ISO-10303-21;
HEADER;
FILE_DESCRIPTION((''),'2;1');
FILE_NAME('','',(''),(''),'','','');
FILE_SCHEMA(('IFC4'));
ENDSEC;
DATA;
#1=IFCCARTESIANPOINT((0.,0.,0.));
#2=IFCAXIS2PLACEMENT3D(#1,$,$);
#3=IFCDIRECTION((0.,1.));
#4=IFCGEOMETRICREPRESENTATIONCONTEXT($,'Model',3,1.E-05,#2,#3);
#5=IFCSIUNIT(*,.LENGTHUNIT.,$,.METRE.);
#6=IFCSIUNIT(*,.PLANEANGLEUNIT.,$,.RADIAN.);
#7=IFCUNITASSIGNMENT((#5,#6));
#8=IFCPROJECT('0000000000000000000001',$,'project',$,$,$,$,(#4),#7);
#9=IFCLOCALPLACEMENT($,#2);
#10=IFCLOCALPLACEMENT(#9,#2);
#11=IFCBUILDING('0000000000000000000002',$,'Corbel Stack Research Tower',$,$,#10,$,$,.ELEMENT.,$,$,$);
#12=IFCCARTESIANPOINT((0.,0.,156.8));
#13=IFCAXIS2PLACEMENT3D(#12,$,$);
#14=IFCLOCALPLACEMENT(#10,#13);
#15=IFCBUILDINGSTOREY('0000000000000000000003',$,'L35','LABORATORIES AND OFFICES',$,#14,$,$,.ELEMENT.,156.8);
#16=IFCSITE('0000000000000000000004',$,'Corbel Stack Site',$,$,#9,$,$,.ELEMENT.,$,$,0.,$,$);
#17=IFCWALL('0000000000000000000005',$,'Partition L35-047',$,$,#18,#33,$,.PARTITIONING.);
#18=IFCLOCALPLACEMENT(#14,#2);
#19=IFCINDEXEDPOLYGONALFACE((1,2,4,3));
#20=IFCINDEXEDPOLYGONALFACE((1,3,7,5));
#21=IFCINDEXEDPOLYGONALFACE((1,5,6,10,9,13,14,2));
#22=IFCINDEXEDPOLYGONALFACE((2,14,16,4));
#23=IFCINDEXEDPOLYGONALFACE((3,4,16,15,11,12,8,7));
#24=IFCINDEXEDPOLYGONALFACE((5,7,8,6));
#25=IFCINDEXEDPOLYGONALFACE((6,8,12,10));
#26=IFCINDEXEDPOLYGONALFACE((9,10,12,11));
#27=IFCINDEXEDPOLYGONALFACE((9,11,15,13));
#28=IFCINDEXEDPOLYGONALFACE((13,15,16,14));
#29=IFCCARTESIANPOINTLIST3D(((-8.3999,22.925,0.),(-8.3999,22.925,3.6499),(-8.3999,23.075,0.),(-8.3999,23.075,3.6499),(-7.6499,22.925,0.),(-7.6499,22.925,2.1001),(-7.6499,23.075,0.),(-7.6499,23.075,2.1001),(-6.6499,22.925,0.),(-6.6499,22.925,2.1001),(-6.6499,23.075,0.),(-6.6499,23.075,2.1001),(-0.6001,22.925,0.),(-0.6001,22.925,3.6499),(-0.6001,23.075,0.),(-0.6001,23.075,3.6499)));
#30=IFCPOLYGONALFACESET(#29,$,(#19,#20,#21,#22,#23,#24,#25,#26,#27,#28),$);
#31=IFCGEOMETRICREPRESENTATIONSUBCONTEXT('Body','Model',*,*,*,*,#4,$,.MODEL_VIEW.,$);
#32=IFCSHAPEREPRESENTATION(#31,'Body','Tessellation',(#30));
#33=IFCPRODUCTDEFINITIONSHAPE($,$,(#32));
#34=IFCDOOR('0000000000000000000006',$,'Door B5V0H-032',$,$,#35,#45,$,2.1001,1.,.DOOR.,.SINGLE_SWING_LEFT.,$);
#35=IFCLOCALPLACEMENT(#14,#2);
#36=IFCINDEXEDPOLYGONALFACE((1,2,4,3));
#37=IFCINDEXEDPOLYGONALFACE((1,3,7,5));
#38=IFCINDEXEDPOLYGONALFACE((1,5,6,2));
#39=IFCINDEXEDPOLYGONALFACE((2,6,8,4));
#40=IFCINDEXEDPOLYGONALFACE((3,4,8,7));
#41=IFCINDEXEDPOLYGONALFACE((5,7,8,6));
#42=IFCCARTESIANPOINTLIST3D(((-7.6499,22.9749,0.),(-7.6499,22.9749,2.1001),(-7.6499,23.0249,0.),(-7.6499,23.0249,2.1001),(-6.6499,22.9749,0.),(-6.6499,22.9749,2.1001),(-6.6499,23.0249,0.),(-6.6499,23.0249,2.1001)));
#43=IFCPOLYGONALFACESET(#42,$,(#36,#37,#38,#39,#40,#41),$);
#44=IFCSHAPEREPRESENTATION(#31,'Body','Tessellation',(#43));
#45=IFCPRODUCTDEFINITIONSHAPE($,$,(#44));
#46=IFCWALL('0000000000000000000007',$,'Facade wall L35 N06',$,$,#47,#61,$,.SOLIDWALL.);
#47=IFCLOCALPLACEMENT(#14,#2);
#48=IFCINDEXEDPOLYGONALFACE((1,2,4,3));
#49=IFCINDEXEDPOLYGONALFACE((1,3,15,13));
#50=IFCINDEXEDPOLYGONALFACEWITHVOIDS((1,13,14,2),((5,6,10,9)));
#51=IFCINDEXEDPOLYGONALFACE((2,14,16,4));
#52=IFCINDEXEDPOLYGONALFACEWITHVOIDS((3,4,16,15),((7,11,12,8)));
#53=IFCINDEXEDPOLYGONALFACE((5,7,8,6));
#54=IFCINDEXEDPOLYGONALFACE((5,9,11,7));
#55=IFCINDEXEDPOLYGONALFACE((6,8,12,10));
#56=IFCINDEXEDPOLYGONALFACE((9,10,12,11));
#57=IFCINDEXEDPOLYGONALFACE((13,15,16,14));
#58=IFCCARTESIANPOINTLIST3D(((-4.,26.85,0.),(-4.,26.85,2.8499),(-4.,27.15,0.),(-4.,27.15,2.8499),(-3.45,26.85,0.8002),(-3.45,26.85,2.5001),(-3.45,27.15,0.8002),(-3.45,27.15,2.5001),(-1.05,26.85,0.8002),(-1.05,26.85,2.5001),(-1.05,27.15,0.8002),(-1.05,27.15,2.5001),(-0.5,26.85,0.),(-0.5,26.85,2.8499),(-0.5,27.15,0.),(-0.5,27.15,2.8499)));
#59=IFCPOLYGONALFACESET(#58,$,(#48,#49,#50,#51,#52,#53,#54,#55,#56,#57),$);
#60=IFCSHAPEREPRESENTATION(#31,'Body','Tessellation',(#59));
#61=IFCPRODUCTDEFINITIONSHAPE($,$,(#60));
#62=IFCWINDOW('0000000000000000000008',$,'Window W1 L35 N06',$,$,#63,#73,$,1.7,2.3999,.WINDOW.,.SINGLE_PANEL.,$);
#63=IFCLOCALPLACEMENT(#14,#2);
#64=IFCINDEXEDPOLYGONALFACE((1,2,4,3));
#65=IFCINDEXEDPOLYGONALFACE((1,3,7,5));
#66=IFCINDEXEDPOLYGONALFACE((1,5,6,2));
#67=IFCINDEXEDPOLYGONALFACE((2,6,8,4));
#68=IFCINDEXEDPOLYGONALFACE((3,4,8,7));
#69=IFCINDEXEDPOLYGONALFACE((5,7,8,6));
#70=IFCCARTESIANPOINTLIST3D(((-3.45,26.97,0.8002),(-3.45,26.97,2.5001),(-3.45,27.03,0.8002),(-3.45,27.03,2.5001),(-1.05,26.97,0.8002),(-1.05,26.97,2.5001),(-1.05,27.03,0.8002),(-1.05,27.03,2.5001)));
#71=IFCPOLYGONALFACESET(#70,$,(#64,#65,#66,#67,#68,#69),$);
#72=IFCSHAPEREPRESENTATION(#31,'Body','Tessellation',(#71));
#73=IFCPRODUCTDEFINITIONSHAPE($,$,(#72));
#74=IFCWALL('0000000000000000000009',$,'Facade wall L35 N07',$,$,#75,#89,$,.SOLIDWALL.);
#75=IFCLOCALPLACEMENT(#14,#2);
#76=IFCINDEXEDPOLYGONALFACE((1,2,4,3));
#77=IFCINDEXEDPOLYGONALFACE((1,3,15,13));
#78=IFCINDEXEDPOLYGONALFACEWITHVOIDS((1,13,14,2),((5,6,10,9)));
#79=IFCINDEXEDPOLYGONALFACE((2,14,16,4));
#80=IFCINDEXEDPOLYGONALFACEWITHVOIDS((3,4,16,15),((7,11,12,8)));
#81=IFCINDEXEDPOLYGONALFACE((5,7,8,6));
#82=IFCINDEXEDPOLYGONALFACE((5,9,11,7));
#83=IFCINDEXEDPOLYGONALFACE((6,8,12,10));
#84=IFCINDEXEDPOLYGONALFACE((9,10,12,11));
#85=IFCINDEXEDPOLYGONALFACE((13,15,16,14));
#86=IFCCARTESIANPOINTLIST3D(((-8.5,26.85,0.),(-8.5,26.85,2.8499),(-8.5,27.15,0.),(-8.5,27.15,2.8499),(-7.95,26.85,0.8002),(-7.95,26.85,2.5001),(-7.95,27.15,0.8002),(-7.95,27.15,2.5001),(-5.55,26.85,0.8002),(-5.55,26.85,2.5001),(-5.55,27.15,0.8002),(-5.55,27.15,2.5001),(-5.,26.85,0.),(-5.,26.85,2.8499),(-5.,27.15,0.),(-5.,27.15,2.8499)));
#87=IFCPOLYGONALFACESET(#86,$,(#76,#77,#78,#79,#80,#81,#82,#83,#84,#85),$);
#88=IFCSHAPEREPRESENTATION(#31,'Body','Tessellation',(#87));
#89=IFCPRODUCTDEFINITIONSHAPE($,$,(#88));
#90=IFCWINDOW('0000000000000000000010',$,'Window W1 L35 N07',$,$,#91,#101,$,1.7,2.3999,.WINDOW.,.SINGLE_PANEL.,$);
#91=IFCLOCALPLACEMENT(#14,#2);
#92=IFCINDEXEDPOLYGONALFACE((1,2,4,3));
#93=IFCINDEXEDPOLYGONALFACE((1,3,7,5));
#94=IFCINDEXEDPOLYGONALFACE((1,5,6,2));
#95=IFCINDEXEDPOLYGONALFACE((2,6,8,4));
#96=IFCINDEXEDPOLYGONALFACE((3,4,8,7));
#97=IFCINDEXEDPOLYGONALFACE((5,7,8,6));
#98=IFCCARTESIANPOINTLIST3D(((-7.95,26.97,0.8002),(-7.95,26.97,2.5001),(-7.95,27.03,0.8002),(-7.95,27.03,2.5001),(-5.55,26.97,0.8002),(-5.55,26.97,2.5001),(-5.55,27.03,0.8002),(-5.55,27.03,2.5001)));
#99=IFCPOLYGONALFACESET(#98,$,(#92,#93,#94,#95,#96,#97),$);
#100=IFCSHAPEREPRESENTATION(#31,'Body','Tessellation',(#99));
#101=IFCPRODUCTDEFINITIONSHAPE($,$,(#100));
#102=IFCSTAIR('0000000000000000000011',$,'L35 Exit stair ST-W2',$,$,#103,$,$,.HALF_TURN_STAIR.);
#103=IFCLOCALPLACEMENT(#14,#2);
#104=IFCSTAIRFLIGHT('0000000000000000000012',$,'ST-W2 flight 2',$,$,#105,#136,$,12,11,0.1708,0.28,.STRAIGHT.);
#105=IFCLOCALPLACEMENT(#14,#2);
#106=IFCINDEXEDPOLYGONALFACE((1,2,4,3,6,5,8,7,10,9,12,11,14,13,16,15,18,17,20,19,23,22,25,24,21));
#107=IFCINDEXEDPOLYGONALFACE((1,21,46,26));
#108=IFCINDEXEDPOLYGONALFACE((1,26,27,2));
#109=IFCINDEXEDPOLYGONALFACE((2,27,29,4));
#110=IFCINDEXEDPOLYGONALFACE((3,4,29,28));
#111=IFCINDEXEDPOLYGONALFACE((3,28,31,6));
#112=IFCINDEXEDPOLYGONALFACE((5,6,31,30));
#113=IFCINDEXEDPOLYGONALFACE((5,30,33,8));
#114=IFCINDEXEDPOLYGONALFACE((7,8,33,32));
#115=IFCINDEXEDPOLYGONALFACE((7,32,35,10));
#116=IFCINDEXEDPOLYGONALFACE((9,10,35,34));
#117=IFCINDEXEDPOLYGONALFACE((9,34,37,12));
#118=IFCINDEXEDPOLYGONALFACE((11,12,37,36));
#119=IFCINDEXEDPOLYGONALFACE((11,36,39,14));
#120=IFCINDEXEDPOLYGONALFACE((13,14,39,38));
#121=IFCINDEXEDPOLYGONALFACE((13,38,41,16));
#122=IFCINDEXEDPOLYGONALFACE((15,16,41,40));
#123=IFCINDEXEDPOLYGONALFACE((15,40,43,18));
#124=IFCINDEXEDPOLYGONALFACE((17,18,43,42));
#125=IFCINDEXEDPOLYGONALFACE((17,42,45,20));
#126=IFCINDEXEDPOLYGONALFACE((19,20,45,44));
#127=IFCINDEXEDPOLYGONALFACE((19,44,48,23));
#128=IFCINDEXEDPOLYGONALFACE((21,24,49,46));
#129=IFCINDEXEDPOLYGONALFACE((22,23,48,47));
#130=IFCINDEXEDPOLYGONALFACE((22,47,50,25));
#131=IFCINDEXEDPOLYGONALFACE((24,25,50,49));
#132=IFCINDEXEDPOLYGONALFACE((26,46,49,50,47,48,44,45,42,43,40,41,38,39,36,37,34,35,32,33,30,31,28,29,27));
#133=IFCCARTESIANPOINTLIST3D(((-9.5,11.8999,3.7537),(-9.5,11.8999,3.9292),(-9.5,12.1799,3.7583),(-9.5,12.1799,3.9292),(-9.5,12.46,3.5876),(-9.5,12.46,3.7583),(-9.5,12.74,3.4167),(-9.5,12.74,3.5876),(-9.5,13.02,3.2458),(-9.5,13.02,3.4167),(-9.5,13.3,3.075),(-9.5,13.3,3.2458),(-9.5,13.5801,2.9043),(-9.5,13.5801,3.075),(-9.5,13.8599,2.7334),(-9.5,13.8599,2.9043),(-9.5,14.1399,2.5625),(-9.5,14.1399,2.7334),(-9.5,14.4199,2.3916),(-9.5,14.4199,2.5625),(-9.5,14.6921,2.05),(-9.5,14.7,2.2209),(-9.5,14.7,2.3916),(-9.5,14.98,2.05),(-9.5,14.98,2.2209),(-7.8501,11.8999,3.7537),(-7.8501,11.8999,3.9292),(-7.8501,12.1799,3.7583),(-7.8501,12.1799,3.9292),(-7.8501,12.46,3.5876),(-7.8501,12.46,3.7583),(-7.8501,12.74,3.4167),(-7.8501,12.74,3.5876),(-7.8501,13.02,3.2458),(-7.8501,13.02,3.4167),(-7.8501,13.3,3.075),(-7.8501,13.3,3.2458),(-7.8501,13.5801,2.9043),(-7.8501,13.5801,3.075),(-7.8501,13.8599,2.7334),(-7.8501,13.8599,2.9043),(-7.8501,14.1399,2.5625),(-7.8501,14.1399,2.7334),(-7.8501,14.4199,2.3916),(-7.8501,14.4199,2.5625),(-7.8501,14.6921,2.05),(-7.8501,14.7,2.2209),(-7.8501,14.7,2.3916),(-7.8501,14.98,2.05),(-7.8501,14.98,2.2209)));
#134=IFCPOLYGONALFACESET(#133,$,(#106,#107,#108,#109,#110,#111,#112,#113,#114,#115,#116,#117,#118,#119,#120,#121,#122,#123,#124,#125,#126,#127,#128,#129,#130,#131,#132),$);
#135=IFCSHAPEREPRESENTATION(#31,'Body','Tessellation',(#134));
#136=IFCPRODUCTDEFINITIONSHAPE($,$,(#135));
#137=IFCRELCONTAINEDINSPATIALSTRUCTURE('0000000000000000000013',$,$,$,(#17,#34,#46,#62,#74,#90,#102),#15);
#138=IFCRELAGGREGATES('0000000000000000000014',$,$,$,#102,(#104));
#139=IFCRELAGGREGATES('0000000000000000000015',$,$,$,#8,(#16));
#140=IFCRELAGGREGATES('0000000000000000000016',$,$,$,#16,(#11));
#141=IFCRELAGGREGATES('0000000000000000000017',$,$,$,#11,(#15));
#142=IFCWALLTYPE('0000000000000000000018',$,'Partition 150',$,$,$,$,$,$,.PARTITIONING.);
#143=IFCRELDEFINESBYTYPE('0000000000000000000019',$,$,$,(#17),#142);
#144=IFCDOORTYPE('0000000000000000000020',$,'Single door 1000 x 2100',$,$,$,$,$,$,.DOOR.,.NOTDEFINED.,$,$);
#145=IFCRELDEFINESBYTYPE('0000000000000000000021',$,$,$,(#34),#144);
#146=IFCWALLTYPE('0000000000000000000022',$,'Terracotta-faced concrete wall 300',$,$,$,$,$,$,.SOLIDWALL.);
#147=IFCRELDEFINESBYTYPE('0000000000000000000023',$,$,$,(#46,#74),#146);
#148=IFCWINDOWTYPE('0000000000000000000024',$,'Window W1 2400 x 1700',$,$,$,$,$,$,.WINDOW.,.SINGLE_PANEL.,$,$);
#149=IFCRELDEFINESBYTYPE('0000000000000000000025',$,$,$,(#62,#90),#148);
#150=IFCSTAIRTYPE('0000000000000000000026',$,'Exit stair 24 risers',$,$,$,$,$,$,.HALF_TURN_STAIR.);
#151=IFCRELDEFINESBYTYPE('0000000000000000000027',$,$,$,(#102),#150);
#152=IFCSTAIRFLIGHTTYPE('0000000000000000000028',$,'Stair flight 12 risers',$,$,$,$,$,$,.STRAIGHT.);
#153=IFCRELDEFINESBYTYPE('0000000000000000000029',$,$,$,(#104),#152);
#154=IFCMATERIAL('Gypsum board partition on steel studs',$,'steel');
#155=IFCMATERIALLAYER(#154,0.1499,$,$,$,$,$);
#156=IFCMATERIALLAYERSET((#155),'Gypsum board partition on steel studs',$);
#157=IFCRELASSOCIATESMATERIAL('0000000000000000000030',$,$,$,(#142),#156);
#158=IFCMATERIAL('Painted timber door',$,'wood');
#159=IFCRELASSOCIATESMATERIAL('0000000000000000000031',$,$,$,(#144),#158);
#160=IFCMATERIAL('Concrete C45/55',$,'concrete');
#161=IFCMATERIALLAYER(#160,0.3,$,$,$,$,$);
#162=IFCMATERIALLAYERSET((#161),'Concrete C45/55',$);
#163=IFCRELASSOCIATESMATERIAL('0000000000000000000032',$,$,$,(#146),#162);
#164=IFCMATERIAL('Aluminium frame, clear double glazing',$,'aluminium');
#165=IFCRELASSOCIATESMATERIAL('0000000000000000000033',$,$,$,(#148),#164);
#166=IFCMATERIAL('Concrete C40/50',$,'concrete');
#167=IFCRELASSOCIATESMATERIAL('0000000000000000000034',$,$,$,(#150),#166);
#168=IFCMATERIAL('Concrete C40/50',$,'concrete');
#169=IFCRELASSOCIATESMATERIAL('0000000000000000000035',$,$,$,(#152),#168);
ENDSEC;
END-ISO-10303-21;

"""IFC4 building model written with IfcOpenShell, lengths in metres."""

from ifc_helpers import new_model, si_unit, direction, frame, frame_2d, origin, place, context, subcontext, project, spatial, polyline, rectangle, outline, extrude, material, layer, layer_set, type_object, element, fill, aggregate, save


model = new_model("IFC4")

# Units and contexts
model_context = context("Model", 3, precision=1e-05, world=origin(), true_north=direction((0.0, 1.0)))
body_context = subcontext(model_context, "Body", "Model", "MODEL_VIEW")
ifc_project = project(units=[si_unit("LENGTHUNIT", "METRE"), si_unit("PLANEANGLEUNIT", "RADIAN")], contexts=[model_context])

# Site, building, storey
site_placement = place(None, origin())
site = spatial("IfcSite", under=ifc_project, at=site_placement, Name="Corbel Stack Site", CompositionType="ELEMENT", RefElevation=0.0)
building_placement = place(site_placement, origin())
building = spatial("IfcBuilding", under=site, at=building_placement, Name="Corbel Stack Research Tower", CompositionType="ELEMENT")
storey_placement = place(building_placement, frame((0.0, 0.0, 156.8)))
storey = spatial("IfcBuildingStorey", under=building, at=storey_placement, Name="L35", Description="LABORATORIES AND OFFICES", CompositionType="ELEMENT", Elevation=156.8)

# Wall, opening, door
ifc_material_1 = material(Name="Gypsum board partition on steel studs", Category="steel")
ifc_layer_1 = layer(ifc_material_1, 0.1499)
ifc_layer_set_1 = layer_set([ifc_layer_1], Name="Gypsum board partition on steel studs")
wall_type_1 = type_object("IfcWallType", Name="Partition 150", PredefinedType="PARTITIONING", material=ifc_layer_set_1)
wall_1_placement = place(storey_placement, frame((-8.3999, 23.0, 0.0), z_axis=(0.0, 0.0, 1.0), x_axis=(1.0, 0.0, 0.0)))
wall_1 = element("IfcWall", 1, at=wall_1_placement, inside=storey, type_object=wall_type_1, Name="Partition L35-047", PredefinedType="PARTITIONING", context=body_context, shape_type="SweptSolid", body=[
    extrude(rectangle(XDim=7.7998, YDim=0.1499, at=frame_2d((3.8999, 0.0))), origin(), (0.0, 0.0, 1.0), 3.6499),
])
opening_1_placement = place(wall_1_placement, frame((0.75, 0.0, 0.0)))
opening_1 = element("IfcOpeningElement", 2, at=opening_1_placement, cuts=wall_1, PredefinedType="OPENING", context=body_context, shape_type="SweptSolid", body=[
    extrude(rectangle(XDim=1.0, YDim=2.1001, at=frame_2d((0.5, 1.05))), frame((0.0, 0.085, 0.0), z_axis=(0.0, -1.0, 0.0), x_axis=(1.0, 0.0, 0.0)), (0.0, 0.0, 1.0), 0.1699),
])
ifc_material_2 = material(Name="Painted timber door", Category="wood")
door_type = type_object("IfcDoorType", Name="Single door 1000 x 2100", OperationType="NOTDEFINED", PredefinedType="DOOR", material=ifc_material_2)
door_placement = place(opening_1_placement, origin())
door = element("IfcDoor", 3, at=door_placement, inside=storey, type_object=door_type, Name="Door B5V0H-032", OperationType="SINGLE_SWING_LEFT", OverallHeight=2.1001, OverallWidth=1.0, PredefinedType="DOOR", context=body_context, shape_type="SweptSolid", body=[
    extrude(rectangle(XDim=1.0, YDim=2.1001, at=frame_2d((0.5, 1.05))), frame((0.0, 0.0249, 0.0), z_axis=(0.0, -1.0, 0.0), x_axis=(1.0, 0.0, 0.0)), (0.0, 0.0, 1.0), 0.05),
])
fill(opening_1, door)

# Walls, openings, windows
ifc_material_3 = material(Name="Concrete C45/55", Category="concrete")
ifc_layer_2 = layer(ifc_material_3, 0.3)
ifc_layer_set_2 = layer_set([ifc_layer_2], Name="Concrete C45/55")
wall_type_2 = type_object("IfcWallType", Name="Terracotta-faced concrete wall 300", PredefinedType="SOLIDWALL", material=ifc_layer_set_2)
wall_2_placement = place(storey_placement, frame((-4.0, 27.0, 0.0), z_axis=(0.0, 0.0, 1.0), x_axis=(1.0, 0.0, 0.0)))
wall_2 = element("IfcWall", 4, at=wall_2_placement, inside=storey, type_object=wall_type_2, Name="Facade wall L35 N06", PredefinedType="SOLIDWALL", context=body_context, shape_type="SweptSolid", body=[
    extrude(rectangle(XDim=3.5, YDim=0.3, at=frame_2d((1.75, 0.0))), origin(), (0.0, 0.0, 1.0), 2.8499),
])
opening_2_placement = place(wall_2_placement, frame((0.55, 0.0, 0.8)))
opening_2 = element("IfcOpeningElement", 5, at=opening_2_placement, cuts=wall_2, PredefinedType="OPENING", context=body_context, shape_type="SweptSolid", body=[
    extrude(rectangle(XDim=2.3999, YDim=1.7, at=frame_2d((1.2, 0.8501))), frame((0.0, 0.1599, 0.0), z_axis=(0.0, -1.0, 0.0), x_axis=(1.0, 0.0, 0.0)), (0.0, 0.0, 1.0), 0.3201),
])
ifc_material_4 = material(Name="Aluminium frame, clear double glazing", Category="aluminium")
window_type = type_object("IfcWindowType", Name="Window W1 2400 x 1700", PartitioningType="SINGLE_PANEL", PredefinedType="WINDOW", material=ifc_material_4)
window_1_placement = place(opening_2_placement, origin())
window_1 = element("IfcWindow", 6, at=window_1_placement, inside=storey, type_object=window_type, Name="Window W1 L35 N06", OverallHeight=1.7, OverallWidth=2.3999, PartitioningType="SINGLE_PANEL", PredefinedType="WINDOW", context=body_context, shape_type="SweptSolid", body=[
    extrude(rectangle(XDim=2.3999, YDim=1.7, at=frame_2d((1.2, 0.8501))), frame((0.0, 0.03, 0.0), z_axis=(0.0, -1.0, 0.0), x_axis=(1.0, 0.0, 0.0)), (0.0, 0.0, 1.0), 0.0601),
])
fill(opening_2, window_1)
wall_3_placement = place(storey_placement, frame((-8.5, 27.0, 0.0), z_axis=(0.0, 0.0, 1.0), x_axis=(1.0, 0.0, 0.0)))
wall_3 = element("IfcWall", 7, at=wall_3_placement, inside=storey, type_object=wall_type_2, Name="Facade wall L35 N07", PredefinedType="SOLIDWALL", context=body_context, shape_type="SweptSolid", body=[
    extrude(rectangle(XDim=3.5, YDim=0.3, at=frame_2d((1.75, 0.0))), origin(), (0.0, 0.0, 1.0), 2.8499),
])
opening_3_placement = place(wall_3_placement, frame((0.55, 0.0, 0.8)))
opening_3 = element("IfcOpeningElement", 8, at=opening_3_placement, cuts=wall_3, PredefinedType="OPENING", context=body_context, shape_type="SweptSolid", body=[
    extrude(rectangle(XDim=2.3999, YDim=1.7, at=frame_2d((1.2, 0.8501))), frame((0.0, 0.1599, 0.0), z_axis=(0.0, -1.0, 0.0), x_axis=(1.0, 0.0, 0.0)), (0.0, 0.0, 1.0), 0.3201),
])
window_2_placement = place(opening_3_placement, origin())
window_2 = element("IfcWindow", 9, at=window_2_placement, inside=storey, type_object=window_type, Name="Window W1 L35 N07", OverallHeight=1.7, OverallWidth=2.3999, PartitioningType="SINGLE_PANEL", PredefinedType="WINDOW", context=body_context, shape_type="SweptSolid", body=[
    extrude(rectangle(XDim=2.3999, YDim=1.7, at=frame_2d((1.2, 0.8501))), frame((0.0, 0.03, 0.0), z_axis=(0.0, -1.0, 0.0), x_axis=(1.0, 0.0, 0.0)), (0.0, 0.0, 1.0), 0.0601),
])
fill(opening_3, window_2)

# Stair, stair flight
ifc_material_5 = material(Name="Concrete C40/50", Category="concrete")
stair_type = type_object("IfcStairType", Name="Exit stair 24 risers", PredefinedType="HALF_TURN_STAIR", material=ifc_material_5)
stair_placement = place(storey_placement, origin())
stair = element("IfcStair", 10, at=stair_placement, inside=storey, type_object=stair_type, Name="L35 Exit stair ST-W2", PredefinedType="HALF_TURN_STAIR")
ifc_material_6 = material(Name="Concrete C40/50", Category="concrete")
stair_flight_type = type_object("IfcStairFlightType", Name="Stair flight 12 risers", PredefinedType="STRAIGHT", material=ifc_material_6)
stair_flight_placement = place(storey_placement, frame((-8.675, 14.98, 2.05), z_axis=(0.0, 0.0, 1.0), x_axis=(0.0, -1.0, 0.0)))
stair_flight = element("IfcStairFlight", 11, at=stair_flight_placement, type_object=stair_flight_type, Name="ST-W2 flight 2", NumberOfRisers=12, NumberOfTreads=11, PredefinedType="STRAIGHT", RiserHeight=0.1708, TreadLength=0.28, context=body_context, shape_type="SweptSolid", body=[
    extrude(outline(polyline([(0.0, 0.0), (0.0, 0.1709), (0.28, 0.1709), (0.28, 0.3416), (0.5601, 0.3416), (0.5601, 0.5125), (0.8401, 0.5125), (0.8401, 0.6833), (1.1201, 0.6833), (1.1201, 0.8542), (1.3999, 0.8542), (1.3999, 1.0249), (1.6799, 1.0249), (1.6799, 1.1958), (1.96, 1.1958), (1.96, 1.3667), (2.24, 1.3667), (2.24, 1.5376), (2.52, 1.5376), (2.52, 1.7083), (2.8, 1.7083), (2.8, 1.8792), (3.0801, 1.8792), (3.0801, 2.05), (3.0801, 1.7036), (0.2878, 0.0), (0.0, 0.0)])), frame((0.0, 0.825, 0.0), z_axis=(0.0, -1.0, 0.0), x_axis=(1.0, 0.0, 0.0)), (0.0, 0.0, 1.0), 1.6499),
])
aggregate(stair, [stair_flight])

save(model, "model.ifc")
